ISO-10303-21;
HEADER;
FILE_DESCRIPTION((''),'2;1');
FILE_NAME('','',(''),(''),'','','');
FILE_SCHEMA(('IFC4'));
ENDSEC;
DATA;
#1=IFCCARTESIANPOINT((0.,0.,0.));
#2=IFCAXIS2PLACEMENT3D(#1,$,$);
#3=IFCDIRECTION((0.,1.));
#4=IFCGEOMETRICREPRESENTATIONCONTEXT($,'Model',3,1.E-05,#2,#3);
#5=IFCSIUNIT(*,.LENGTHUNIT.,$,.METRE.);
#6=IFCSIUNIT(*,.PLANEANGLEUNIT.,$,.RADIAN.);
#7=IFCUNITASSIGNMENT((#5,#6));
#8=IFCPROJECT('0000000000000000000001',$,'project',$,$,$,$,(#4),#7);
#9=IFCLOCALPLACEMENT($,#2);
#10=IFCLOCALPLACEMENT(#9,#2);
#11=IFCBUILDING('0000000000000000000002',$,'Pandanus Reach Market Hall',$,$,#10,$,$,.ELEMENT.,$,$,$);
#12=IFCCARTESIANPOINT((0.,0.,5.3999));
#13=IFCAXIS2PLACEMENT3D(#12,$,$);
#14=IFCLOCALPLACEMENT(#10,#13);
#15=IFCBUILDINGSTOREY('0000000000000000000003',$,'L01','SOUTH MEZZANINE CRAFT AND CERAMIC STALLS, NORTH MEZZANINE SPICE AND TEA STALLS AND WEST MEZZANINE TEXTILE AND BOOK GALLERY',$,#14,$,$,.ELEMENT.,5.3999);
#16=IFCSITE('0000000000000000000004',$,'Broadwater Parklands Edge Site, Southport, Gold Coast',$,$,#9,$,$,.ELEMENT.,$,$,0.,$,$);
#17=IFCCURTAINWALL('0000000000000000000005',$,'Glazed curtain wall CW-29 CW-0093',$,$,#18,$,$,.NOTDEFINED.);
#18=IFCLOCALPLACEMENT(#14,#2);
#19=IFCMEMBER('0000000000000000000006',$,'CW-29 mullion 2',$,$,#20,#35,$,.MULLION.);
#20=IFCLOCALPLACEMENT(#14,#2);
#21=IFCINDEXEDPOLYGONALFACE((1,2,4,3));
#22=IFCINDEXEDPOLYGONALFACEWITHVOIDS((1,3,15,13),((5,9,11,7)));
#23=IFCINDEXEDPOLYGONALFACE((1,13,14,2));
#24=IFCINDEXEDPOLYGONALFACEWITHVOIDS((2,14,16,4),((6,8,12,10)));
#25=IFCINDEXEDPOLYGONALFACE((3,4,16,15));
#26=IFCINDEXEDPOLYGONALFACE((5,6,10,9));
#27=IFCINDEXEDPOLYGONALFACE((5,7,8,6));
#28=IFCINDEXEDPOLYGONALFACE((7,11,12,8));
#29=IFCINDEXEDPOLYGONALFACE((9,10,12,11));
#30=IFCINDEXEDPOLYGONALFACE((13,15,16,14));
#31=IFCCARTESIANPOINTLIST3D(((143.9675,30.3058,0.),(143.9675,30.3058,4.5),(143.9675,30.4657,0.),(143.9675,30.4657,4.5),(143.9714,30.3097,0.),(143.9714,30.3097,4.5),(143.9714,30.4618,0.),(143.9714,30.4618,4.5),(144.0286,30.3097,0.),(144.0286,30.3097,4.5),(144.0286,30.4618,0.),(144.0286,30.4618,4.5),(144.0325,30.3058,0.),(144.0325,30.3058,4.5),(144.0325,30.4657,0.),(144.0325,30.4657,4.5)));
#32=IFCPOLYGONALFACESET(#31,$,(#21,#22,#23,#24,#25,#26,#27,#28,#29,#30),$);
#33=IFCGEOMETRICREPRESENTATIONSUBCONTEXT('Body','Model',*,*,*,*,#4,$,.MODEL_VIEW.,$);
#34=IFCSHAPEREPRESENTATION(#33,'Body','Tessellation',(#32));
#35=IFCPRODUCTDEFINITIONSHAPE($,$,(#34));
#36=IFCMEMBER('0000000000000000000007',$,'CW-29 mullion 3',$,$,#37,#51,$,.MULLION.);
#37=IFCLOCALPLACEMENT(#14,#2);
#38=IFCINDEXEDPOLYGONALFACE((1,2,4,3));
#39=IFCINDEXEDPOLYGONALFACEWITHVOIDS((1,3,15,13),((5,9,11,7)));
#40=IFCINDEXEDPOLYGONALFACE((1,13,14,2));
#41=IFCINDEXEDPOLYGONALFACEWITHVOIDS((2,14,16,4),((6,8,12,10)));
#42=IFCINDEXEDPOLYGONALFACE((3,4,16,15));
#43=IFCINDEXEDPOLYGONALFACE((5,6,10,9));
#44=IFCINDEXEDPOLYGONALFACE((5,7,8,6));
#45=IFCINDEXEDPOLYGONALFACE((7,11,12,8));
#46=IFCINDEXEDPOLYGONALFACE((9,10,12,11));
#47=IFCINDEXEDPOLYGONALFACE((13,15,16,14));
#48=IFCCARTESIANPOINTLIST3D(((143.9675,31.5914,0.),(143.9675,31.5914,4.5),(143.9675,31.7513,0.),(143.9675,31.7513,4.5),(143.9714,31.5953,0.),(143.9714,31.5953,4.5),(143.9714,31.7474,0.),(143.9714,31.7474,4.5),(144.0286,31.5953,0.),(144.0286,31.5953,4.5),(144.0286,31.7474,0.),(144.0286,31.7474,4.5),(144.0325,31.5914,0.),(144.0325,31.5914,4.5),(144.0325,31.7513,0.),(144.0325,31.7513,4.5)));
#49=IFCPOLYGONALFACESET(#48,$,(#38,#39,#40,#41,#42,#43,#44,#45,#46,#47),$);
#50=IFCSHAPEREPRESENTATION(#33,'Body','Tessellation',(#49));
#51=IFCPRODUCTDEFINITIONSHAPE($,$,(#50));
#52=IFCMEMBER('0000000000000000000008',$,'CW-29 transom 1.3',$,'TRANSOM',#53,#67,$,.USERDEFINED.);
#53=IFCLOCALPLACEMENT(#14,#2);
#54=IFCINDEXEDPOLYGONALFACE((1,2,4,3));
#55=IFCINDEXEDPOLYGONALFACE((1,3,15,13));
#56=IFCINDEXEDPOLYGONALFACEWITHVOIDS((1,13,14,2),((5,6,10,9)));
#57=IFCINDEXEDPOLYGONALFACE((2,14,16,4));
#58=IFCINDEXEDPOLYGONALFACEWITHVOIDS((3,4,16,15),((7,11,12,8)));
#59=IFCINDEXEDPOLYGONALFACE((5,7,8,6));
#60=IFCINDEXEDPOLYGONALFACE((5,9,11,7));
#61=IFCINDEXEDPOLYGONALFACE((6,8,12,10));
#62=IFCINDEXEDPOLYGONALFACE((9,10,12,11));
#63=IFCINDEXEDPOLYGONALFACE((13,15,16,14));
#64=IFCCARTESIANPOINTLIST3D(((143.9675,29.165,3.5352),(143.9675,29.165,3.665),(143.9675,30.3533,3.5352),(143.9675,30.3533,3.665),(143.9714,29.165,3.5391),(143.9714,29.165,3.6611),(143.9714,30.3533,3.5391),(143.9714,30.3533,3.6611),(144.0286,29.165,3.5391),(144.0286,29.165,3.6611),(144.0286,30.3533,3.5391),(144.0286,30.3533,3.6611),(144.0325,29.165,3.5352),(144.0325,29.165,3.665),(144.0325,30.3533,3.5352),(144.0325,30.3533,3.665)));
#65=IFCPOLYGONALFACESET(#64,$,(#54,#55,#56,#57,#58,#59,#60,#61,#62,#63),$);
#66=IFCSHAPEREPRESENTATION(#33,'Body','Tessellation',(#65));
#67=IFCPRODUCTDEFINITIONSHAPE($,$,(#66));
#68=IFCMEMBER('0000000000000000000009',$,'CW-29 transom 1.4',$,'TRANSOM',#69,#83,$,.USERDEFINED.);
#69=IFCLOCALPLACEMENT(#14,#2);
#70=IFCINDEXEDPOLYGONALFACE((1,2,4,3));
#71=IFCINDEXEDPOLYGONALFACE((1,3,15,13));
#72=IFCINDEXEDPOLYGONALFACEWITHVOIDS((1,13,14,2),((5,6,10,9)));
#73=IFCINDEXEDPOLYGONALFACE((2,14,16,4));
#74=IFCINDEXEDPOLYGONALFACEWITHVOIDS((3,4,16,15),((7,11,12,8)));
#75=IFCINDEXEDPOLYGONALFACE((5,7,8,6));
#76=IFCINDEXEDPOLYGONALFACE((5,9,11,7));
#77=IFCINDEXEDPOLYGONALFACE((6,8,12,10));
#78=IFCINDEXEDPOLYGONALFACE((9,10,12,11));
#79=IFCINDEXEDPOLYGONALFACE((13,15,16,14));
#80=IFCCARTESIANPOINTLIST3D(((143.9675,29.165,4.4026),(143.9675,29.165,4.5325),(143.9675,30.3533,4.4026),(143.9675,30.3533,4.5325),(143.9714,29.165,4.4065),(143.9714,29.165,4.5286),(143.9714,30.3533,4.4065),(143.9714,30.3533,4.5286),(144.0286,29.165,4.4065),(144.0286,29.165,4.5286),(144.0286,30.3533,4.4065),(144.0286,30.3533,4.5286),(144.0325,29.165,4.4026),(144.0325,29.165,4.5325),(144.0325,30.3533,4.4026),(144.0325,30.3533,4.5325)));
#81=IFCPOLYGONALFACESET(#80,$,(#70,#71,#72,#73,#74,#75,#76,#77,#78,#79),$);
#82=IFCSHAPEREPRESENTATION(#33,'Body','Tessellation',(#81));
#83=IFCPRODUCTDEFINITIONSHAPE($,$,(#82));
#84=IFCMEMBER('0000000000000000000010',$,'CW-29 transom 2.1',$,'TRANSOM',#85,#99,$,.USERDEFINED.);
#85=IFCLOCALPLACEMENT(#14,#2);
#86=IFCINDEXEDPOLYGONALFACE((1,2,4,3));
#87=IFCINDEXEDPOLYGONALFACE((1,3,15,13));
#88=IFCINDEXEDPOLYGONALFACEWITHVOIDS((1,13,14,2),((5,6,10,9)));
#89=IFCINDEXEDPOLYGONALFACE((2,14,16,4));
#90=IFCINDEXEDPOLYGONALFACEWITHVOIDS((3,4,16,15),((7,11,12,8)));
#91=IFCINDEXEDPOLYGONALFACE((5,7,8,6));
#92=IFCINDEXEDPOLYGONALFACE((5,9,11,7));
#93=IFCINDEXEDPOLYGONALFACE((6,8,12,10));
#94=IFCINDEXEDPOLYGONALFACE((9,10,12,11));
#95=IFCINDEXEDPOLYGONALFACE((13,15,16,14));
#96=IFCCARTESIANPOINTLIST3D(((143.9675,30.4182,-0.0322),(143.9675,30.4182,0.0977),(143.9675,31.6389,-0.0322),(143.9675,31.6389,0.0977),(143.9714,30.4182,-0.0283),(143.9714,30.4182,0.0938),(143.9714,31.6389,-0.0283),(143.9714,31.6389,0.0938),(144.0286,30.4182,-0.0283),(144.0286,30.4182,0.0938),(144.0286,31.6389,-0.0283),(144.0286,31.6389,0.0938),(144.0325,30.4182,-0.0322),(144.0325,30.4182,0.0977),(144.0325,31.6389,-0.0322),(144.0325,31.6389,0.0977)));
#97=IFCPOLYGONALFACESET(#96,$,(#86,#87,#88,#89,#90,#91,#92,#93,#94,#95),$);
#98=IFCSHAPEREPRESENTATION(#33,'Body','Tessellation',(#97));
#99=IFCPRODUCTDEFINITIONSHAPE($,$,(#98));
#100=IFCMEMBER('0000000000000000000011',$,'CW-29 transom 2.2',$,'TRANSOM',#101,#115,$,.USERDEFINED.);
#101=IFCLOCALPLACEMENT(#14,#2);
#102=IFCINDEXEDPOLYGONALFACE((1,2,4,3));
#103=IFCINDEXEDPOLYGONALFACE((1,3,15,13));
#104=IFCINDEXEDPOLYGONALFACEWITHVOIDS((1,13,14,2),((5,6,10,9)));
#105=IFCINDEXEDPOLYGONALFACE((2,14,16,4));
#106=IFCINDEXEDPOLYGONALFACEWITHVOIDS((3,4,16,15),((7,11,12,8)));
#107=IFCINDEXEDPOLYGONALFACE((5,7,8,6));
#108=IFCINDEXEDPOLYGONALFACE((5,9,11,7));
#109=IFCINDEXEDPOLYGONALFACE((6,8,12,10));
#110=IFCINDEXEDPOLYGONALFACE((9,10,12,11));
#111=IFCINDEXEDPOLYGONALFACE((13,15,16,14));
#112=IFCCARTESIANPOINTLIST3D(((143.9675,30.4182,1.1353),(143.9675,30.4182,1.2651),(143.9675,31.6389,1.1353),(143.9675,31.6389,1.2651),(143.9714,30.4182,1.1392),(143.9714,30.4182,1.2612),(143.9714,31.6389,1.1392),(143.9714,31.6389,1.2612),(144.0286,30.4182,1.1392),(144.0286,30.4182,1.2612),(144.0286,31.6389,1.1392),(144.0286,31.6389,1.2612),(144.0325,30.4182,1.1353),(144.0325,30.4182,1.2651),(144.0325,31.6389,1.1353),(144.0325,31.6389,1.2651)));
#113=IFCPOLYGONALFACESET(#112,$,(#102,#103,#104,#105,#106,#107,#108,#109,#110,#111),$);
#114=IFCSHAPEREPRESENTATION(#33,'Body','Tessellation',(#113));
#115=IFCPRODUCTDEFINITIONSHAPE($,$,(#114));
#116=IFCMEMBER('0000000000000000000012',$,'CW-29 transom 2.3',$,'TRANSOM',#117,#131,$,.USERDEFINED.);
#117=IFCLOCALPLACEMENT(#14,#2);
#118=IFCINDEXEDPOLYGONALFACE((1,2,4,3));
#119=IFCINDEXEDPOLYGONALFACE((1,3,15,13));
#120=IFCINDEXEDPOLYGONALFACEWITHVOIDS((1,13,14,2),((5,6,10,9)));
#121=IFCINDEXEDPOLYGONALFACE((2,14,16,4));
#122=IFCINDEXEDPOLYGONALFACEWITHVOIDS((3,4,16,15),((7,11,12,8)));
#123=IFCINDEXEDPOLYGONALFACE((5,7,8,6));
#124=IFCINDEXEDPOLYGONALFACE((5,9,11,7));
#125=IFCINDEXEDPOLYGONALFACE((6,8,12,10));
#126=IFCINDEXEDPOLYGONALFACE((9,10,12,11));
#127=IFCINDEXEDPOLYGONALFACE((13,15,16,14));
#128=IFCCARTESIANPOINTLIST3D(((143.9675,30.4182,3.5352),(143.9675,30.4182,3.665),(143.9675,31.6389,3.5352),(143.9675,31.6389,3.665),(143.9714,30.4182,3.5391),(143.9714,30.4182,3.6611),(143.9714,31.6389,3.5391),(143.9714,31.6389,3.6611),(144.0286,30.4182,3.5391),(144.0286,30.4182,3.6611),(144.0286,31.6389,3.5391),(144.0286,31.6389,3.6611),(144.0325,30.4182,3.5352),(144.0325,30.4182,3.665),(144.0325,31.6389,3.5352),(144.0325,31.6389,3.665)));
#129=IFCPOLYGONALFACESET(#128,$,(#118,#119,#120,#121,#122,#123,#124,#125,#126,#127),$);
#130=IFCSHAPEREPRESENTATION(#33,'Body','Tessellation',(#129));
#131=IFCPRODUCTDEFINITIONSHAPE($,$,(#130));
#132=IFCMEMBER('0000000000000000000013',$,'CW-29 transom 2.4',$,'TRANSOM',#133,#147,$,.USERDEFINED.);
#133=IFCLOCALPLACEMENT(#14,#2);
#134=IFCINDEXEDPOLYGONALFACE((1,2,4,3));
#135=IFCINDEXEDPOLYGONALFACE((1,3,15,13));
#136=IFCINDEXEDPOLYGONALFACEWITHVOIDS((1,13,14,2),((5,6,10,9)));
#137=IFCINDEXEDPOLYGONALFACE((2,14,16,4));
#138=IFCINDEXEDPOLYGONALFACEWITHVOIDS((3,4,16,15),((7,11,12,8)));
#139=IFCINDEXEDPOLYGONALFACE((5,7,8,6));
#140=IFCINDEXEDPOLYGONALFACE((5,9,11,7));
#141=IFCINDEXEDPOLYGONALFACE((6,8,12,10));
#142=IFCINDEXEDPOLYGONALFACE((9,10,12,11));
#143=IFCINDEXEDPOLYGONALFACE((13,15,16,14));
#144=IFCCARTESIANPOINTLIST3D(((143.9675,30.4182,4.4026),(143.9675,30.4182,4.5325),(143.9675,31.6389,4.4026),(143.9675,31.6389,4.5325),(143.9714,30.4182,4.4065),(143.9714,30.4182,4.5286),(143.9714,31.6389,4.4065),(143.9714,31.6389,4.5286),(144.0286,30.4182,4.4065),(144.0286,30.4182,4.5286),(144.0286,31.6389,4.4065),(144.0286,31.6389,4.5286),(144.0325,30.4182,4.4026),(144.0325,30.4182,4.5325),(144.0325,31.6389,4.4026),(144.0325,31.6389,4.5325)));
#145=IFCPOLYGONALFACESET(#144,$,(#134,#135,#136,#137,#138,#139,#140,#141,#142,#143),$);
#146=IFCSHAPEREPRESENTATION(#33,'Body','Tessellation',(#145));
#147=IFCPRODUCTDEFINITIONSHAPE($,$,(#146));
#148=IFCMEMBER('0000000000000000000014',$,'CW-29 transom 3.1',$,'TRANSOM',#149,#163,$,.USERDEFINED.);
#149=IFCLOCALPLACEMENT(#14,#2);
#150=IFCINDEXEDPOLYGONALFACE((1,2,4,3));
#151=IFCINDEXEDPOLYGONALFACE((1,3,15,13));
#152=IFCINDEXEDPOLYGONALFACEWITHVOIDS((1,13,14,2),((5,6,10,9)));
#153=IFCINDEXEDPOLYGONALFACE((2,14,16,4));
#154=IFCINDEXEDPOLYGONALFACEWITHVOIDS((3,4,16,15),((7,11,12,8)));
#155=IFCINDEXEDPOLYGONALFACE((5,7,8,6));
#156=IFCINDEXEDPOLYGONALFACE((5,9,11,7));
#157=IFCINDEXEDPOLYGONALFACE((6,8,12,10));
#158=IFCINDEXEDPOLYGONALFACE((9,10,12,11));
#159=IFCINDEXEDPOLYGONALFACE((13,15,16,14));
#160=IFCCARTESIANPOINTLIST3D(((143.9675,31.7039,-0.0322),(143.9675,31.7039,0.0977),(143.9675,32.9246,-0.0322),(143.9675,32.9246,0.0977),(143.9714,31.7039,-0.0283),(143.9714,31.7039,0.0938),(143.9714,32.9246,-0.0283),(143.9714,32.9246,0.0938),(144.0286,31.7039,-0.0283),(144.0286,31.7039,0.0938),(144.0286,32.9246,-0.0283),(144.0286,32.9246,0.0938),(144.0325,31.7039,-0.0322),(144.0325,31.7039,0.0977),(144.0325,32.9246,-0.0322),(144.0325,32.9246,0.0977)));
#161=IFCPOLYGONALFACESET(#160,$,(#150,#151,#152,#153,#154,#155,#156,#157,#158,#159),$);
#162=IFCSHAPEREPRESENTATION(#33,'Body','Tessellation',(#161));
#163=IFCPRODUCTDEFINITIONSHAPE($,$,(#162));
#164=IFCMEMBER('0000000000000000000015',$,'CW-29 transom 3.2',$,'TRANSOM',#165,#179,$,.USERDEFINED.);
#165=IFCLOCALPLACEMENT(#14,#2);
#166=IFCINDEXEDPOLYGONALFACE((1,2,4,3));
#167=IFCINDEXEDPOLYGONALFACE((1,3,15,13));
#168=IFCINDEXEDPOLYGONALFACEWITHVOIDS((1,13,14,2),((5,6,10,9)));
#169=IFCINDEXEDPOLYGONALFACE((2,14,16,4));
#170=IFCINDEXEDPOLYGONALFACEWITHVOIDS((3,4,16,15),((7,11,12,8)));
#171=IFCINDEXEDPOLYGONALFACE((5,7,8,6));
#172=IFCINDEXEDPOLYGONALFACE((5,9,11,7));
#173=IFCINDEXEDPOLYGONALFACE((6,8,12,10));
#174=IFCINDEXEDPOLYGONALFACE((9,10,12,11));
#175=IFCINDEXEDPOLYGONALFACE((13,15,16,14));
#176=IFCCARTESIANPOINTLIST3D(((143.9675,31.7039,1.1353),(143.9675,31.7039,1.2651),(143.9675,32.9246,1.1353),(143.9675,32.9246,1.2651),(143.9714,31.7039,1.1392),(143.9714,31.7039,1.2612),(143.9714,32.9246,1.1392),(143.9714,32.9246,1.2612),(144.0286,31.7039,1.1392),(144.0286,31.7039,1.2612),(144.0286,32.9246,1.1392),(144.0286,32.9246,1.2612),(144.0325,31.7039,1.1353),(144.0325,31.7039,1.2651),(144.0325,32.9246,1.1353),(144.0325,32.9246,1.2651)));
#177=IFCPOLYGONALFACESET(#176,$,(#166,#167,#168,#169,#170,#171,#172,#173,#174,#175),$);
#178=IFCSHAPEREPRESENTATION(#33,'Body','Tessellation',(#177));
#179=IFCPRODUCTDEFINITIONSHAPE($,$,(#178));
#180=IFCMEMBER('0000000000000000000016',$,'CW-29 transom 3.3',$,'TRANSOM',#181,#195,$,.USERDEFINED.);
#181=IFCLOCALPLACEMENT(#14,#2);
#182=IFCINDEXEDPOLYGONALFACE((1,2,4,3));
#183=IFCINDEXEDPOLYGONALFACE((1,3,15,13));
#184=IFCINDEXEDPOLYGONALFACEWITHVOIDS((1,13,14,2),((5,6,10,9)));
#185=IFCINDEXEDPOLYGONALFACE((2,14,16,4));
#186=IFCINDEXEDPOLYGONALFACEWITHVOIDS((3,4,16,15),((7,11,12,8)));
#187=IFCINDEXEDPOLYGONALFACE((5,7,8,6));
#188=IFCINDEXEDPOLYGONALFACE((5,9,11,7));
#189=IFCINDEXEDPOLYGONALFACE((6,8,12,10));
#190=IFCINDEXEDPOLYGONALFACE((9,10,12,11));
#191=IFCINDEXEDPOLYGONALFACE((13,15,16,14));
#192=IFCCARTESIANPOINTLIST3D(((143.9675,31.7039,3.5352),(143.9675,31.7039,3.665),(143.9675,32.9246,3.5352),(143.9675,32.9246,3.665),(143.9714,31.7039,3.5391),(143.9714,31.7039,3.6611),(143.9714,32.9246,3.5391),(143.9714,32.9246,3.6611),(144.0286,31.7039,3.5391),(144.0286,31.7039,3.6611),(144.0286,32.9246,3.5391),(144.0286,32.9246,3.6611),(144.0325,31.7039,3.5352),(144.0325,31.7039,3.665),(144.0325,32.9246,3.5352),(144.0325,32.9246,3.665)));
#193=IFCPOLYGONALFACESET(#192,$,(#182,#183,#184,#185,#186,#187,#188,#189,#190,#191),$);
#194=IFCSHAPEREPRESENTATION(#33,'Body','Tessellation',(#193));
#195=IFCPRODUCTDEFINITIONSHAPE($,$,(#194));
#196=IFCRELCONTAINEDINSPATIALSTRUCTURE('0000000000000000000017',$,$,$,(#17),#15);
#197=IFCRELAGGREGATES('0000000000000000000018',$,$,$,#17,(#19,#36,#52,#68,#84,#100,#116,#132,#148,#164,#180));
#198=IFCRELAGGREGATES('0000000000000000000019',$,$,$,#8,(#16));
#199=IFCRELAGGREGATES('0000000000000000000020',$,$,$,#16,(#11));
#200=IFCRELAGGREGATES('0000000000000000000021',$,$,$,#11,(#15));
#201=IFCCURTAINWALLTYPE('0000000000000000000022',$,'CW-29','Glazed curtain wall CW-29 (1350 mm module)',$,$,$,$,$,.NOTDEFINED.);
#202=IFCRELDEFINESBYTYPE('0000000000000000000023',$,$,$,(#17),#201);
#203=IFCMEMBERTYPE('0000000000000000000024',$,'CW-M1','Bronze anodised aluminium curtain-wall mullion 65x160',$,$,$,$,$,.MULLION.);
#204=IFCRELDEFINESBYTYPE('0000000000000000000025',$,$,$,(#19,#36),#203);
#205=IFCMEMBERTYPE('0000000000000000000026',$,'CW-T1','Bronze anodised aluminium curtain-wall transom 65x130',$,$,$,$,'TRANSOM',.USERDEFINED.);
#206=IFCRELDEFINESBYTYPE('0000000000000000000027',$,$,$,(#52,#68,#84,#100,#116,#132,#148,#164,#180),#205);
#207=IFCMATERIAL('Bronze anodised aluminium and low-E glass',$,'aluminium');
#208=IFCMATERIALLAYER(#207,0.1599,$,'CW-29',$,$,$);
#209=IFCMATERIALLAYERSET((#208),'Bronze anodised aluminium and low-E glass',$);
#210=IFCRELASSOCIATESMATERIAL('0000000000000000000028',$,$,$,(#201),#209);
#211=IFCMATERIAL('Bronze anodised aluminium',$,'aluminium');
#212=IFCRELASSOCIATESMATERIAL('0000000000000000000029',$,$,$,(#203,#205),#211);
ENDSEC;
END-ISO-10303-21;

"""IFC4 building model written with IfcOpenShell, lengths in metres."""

from ifc_helpers import new_model, si_unit, direction, frame, origin, origin_2d, place, context, subcontext, project, spatial, hollow_rectangle, extrude, material, layer, layer_set, material_profile, profile_set, type_object, element, aggregate, save


model = new_model("IFC4")

# Units and contexts
model_context = context("Model", 3, precision=1e-05, world=origin(), true_north=direction((0.0, 1.0)))
body_context = subcontext(model_context, "Body", "Model", "MODEL_VIEW")
ifc_project = project(units=[si_unit("LENGTHUNIT", "METRE"), si_unit("PLANEANGLEUNIT", "RADIAN")], contexts=[model_context])

# Site, building, storey
site_placement = place(None, origin())
site = spatial("IfcSite", under=ifc_project, at=site_placement, Name="Broadwater Parklands Edge Site, Southport, Gold Coast", CompositionType="ELEMENT", RefElevation=0.0)
building_placement = place(site_placement, origin())
building = spatial("IfcBuilding", under=site, at=building_placement, Name="Pandanus Reach Market Hall", CompositionType="ELEMENT")
storey_placement = place(building_placement, frame((0.0, 0.0, 5.3999)))
storey = spatial("IfcBuildingStorey", under=building, at=storey_placement, Name="L01", Description="SOUTH MEZZANINE CRAFT AND CERAMIC STALLS, NORTH MEZZANINE SPICE AND TEA STALLS AND WEST MEZZANINE TEXTILE AND BOOK GALLERY", CompositionType="ELEMENT", Elevation=5.3999)

# Curtain wall, members
ifc_material_1 = material(Name="Bronze anodised aluminium and low-E glass", Category="aluminium")
ifc_layer_1 = layer(ifc_material_1, 0.1599, Name="CW-29")
ifc_layer_set_1 = layer_set([ifc_layer_1], Name="Bronze anodised aluminium and low-E glass")
curtain_wall_type = type_object("IfcCurtainWallType", Name="CW-29", Description="Glazed curtain wall CW-29 (1350 mm module)", PredefinedType="NOTDEFINED", material=ifc_layer_set_1)
curtain_wall_placement = place(storey_placement, origin())
curtain_wall = element("IfcCurtainWall", 1, at=curtain_wall_placement, inside=storey, type_object=curtain_wall_type, Name="Glazed curtain wall CW-29 CW-0093", PredefinedType="NOTDEFINED")
ifc_material_2 = material(Name="Bronze anodised aluminium", Category="aluminium")
ifc_material_profile_1 = material_profile(ifc_material_2, hollow_rectangle(XDim=0.0649, YDim=0.1599, WallThickness=0.0039, at=origin_2d()), Name="ALU65x160", Category="LoadBearing")
ifc_profile_set_1 = profile_set([ifc_material_profile_1], Name="Bronze anodised aluminium")
member_type_1 = type_object("IfcMemberType", Name="CW-M1", Description="Bronze anodised aluminium curtain-wall mullion 65x160", PredefinedType="MULLION", material=ifc_profile_set_1)
member_1_placement = place(storey_placement, frame((144.0, 30.3857, 0.0), z_axis=(0.0, 0.0, 1.0), x_axis=(-1.0, 0.0, 0.0)))
member_1 = element("IfcMember", 2, at=member_1_placement, type_object=member_type_1, Name="CW-29 mullion 2", PredefinedType="MULLION", context=body_context, shape_type="SweptSolid", body=[
    extrude(hollow_rectangle(XDim=0.0649, YDim=0.1599, WallThickness=0.0039, at=origin_2d()), origin(), (0.0, 0.0, 1.0), 4.5),
])
member_2_placement = place(storey_placement, frame((144.0, 31.6714, 0.0), z_axis=(0.0, 0.0, 1.0), x_axis=(-1.0, 0.0, 0.0)))
member_2 = element("IfcMember", 3, at=member_2_placement, type_object=member_type_1, Name="CW-29 mullion 3", PredefinedType="MULLION", context=body_context, shape_type="SweptSolid", body=[
    extrude(hollow_rectangle(XDim=0.0649, YDim=0.1599, WallThickness=0.0039, at=origin_2d()), origin(), (0.0, 0.0, 1.0), 4.5),
])
ifc_material_profile_2 = material_profile(ifc_material_2, hollow_rectangle(XDim=0.0649, YDim=0.1299, WallThickness=0.0039, at=origin_2d()), Name="ALU65x130", Category="LoadBearing")
ifc_profile_set_2 = profile_set([ifc_material_profile_2], Name="Bronze anodised aluminium")
member_type_2 = type_object("IfcMemberType", Name="CW-T1", Description="Bronze anodised aluminium curtain-wall transom 65x130", ElementType="TRANSOM", PredefinedType="USERDEFINED", material=ifc_profile_set_2)
member_3_placement = place(storey_placement, frame((144.0, 29.165, 3.6001), z_axis=(0.0, 1.0, 0.0), x_axis=(-1.0, 0.0, 0.0)))
member_3 = element("IfcMember", 4, at=member_3_placement, type_object=member_type_2, Name="CW-29 transom 1.3", ObjectType="TRANSOM", PredefinedType="USERDEFINED", context=body_context, shape_type="SweptSolid", body=[
    extrude(hollow_rectangle(XDim=0.0649, YDim=0.1299, WallThickness=0.0039, at=origin_2d()), origin(), (0.0, 0.0, 1.0), 1.1882),
])
member_4_placement = place(storey_placement, frame((144.0, 29.165, 4.4675), z_axis=(0.0, 1.0, 0.0), x_axis=(-1.0, 0.0, 0.0)))
member_4 = element("IfcMember", 5, at=member_4_placement, type_object=member_type_2, Name="CW-29 transom 1.4", ObjectType="TRANSOM", PredefinedType="USERDEFINED", context=body_context, shape_type="SweptSolid", body=[
    extrude(hollow_rectangle(XDim=0.0649, YDim=0.1299, WallThickness=0.0039, at=origin_2d()), origin(), (0.0, 0.0, 1.0), 1.1882),
])
member_5_placement = place(storey_placement, frame((144.0, 30.4182, 0.0327), z_axis=(0.0, 1.0, 0.0), x_axis=(-1.0, 0.0, 0.0)))
member_5 = element("IfcMember", 6, at=member_5_placement, type_object=member_type_2, Name="CW-29 transom 2.1", ObjectType="TRANSOM", PredefinedType="USERDEFINED", context=body_context, shape_type="SweptSolid", body=[
    extrude(hollow_rectangle(XDim=0.0649, YDim=0.1299, WallThickness=0.0039, at=origin_2d()), origin(), (0.0, 0.0, 1.0), 1.2207),
])
member_6_placement = place(storey_placement, frame((144.0, 30.4182, 1.2002), z_axis=(0.0, 1.0, 0.0), x_axis=(-1.0, 0.0, 0.0)))
member_6 = element("IfcMember", 7, at=member_6_placement, type_object=member_type_2, Name="CW-29 transom 2.2", ObjectType="TRANSOM", PredefinedType="USERDEFINED", context=body_context, shape_type="SweptSolid", body=[
    extrude(hollow_rectangle(XDim=0.0649, YDim=0.1299, WallThickness=0.0039, at=origin_2d()), origin(), (0.0, 0.0, 1.0), 1.2207),
])
member_7_placement = place(storey_placement, frame((144.0, 30.4182, 3.6001), z_axis=(0.0, 1.0, 0.0), x_axis=(-1.0, 0.0, 0.0)))
member_7 = element("IfcMember", 8, at=member_7_placement, type_object=member_type_2, Name="CW-29 transom 2.3", ObjectType="TRANSOM", PredefinedType="USERDEFINED", context=body_context, shape_type="SweptSolid", body=[
    extrude(hollow_rectangle(XDim=0.0649, YDim=0.1299, WallThickness=0.0039, at=origin_2d()), origin(), (0.0, 0.0, 1.0), 1.2207),
])
member_8_placement = place(storey_placement, frame((144.0, 30.4182, 4.4675), z_axis=(0.0, 1.0, 0.0), x_axis=(-1.0, 0.0, 0.0)))
member_8 = element("IfcMember", 9, at=member_8_placement, type_object=member_type_2, Name="CW-29 transom 2.4", ObjectType="TRANSOM", PredefinedType="USERDEFINED", context=body_context, shape_type="SweptSolid", body=[
    extrude(hollow_rectangle(XDim=0.0649, YDim=0.1299, WallThickness=0.0039, at=origin_2d()), origin(), (0.0, 0.0, 1.0), 1.2207),
])
member_9_placement = place(storey_placement, frame((144.0, 31.7039, 0.0327), z_axis=(0.0, 1.0, 0.0), x_axis=(-1.0, 0.0, 0.0)))
member_9 = element("IfcMember", 10, at=member_9_placement, type_object=member_type_2, Name="CW-29 transom 3.1", ObjectType="TRANSOM", PredefinedType="USERDEFINED", context=body_context, shape_type="SweptSolid", body=[
    extrude(hollow_rectangle(XDim=0.0649, YDim=0.1299, WallThickness=0.0039, at=origin_2d()), origin(), (0.0, 0.0, 1.0), 1.2207),
])
member_10_placement = place(storey_placement, frame((144.0, 31.7039, 1.2002), z_axis=(0.0, 1.0, 0.0), x_axis=(-1.0, 0.0, 0.0)))
member_10 = element("IfcMember", 11, at=member_10_placement, type_object=member_type_2, Name="CW-29 transom 3.2", ObjectType="TRANSOM", PredefinedType="USERDEFINED", context=body_context, shape_type="SweptSolid", body=[
    extrude(hollow_rectangle(XDim=0.0649, YDim=0.1299, WallThickness=0.0039, at=origin_2d()), origin(), (0.0, 0.0, 1.0), 1.2207),
])
member_11_placement = place(storey_placement, frame((144.0, 31.7039, 3.6001), z_axis=(0.0, 1.0, 0.0), x_axis=(-1.0, 0.0, 0.0)))
member_11 = element("IfcMember", 12, at=member_11_placement, type_object=member_type_2, Name="CW-29 transom 3.3", ObjectType="TRANSOM", PredefinedType="USERDEFINED", context=body_context, shape_type="SweptSolid", body=[
    extrude(hollow_rectangle(XDim=0.0649, YDim=0.1299, WallThickness=0.0039, at=origin_2d()), origin(), (0.0, 0.0, 1.0), 1.2207),
])
aggregate(curtain_wall, [member_1, member_2, member_3, member_4, member_5, member_6, member_7, member_8, member_9, member_10, member_11])

save(model, "model.ifc")
